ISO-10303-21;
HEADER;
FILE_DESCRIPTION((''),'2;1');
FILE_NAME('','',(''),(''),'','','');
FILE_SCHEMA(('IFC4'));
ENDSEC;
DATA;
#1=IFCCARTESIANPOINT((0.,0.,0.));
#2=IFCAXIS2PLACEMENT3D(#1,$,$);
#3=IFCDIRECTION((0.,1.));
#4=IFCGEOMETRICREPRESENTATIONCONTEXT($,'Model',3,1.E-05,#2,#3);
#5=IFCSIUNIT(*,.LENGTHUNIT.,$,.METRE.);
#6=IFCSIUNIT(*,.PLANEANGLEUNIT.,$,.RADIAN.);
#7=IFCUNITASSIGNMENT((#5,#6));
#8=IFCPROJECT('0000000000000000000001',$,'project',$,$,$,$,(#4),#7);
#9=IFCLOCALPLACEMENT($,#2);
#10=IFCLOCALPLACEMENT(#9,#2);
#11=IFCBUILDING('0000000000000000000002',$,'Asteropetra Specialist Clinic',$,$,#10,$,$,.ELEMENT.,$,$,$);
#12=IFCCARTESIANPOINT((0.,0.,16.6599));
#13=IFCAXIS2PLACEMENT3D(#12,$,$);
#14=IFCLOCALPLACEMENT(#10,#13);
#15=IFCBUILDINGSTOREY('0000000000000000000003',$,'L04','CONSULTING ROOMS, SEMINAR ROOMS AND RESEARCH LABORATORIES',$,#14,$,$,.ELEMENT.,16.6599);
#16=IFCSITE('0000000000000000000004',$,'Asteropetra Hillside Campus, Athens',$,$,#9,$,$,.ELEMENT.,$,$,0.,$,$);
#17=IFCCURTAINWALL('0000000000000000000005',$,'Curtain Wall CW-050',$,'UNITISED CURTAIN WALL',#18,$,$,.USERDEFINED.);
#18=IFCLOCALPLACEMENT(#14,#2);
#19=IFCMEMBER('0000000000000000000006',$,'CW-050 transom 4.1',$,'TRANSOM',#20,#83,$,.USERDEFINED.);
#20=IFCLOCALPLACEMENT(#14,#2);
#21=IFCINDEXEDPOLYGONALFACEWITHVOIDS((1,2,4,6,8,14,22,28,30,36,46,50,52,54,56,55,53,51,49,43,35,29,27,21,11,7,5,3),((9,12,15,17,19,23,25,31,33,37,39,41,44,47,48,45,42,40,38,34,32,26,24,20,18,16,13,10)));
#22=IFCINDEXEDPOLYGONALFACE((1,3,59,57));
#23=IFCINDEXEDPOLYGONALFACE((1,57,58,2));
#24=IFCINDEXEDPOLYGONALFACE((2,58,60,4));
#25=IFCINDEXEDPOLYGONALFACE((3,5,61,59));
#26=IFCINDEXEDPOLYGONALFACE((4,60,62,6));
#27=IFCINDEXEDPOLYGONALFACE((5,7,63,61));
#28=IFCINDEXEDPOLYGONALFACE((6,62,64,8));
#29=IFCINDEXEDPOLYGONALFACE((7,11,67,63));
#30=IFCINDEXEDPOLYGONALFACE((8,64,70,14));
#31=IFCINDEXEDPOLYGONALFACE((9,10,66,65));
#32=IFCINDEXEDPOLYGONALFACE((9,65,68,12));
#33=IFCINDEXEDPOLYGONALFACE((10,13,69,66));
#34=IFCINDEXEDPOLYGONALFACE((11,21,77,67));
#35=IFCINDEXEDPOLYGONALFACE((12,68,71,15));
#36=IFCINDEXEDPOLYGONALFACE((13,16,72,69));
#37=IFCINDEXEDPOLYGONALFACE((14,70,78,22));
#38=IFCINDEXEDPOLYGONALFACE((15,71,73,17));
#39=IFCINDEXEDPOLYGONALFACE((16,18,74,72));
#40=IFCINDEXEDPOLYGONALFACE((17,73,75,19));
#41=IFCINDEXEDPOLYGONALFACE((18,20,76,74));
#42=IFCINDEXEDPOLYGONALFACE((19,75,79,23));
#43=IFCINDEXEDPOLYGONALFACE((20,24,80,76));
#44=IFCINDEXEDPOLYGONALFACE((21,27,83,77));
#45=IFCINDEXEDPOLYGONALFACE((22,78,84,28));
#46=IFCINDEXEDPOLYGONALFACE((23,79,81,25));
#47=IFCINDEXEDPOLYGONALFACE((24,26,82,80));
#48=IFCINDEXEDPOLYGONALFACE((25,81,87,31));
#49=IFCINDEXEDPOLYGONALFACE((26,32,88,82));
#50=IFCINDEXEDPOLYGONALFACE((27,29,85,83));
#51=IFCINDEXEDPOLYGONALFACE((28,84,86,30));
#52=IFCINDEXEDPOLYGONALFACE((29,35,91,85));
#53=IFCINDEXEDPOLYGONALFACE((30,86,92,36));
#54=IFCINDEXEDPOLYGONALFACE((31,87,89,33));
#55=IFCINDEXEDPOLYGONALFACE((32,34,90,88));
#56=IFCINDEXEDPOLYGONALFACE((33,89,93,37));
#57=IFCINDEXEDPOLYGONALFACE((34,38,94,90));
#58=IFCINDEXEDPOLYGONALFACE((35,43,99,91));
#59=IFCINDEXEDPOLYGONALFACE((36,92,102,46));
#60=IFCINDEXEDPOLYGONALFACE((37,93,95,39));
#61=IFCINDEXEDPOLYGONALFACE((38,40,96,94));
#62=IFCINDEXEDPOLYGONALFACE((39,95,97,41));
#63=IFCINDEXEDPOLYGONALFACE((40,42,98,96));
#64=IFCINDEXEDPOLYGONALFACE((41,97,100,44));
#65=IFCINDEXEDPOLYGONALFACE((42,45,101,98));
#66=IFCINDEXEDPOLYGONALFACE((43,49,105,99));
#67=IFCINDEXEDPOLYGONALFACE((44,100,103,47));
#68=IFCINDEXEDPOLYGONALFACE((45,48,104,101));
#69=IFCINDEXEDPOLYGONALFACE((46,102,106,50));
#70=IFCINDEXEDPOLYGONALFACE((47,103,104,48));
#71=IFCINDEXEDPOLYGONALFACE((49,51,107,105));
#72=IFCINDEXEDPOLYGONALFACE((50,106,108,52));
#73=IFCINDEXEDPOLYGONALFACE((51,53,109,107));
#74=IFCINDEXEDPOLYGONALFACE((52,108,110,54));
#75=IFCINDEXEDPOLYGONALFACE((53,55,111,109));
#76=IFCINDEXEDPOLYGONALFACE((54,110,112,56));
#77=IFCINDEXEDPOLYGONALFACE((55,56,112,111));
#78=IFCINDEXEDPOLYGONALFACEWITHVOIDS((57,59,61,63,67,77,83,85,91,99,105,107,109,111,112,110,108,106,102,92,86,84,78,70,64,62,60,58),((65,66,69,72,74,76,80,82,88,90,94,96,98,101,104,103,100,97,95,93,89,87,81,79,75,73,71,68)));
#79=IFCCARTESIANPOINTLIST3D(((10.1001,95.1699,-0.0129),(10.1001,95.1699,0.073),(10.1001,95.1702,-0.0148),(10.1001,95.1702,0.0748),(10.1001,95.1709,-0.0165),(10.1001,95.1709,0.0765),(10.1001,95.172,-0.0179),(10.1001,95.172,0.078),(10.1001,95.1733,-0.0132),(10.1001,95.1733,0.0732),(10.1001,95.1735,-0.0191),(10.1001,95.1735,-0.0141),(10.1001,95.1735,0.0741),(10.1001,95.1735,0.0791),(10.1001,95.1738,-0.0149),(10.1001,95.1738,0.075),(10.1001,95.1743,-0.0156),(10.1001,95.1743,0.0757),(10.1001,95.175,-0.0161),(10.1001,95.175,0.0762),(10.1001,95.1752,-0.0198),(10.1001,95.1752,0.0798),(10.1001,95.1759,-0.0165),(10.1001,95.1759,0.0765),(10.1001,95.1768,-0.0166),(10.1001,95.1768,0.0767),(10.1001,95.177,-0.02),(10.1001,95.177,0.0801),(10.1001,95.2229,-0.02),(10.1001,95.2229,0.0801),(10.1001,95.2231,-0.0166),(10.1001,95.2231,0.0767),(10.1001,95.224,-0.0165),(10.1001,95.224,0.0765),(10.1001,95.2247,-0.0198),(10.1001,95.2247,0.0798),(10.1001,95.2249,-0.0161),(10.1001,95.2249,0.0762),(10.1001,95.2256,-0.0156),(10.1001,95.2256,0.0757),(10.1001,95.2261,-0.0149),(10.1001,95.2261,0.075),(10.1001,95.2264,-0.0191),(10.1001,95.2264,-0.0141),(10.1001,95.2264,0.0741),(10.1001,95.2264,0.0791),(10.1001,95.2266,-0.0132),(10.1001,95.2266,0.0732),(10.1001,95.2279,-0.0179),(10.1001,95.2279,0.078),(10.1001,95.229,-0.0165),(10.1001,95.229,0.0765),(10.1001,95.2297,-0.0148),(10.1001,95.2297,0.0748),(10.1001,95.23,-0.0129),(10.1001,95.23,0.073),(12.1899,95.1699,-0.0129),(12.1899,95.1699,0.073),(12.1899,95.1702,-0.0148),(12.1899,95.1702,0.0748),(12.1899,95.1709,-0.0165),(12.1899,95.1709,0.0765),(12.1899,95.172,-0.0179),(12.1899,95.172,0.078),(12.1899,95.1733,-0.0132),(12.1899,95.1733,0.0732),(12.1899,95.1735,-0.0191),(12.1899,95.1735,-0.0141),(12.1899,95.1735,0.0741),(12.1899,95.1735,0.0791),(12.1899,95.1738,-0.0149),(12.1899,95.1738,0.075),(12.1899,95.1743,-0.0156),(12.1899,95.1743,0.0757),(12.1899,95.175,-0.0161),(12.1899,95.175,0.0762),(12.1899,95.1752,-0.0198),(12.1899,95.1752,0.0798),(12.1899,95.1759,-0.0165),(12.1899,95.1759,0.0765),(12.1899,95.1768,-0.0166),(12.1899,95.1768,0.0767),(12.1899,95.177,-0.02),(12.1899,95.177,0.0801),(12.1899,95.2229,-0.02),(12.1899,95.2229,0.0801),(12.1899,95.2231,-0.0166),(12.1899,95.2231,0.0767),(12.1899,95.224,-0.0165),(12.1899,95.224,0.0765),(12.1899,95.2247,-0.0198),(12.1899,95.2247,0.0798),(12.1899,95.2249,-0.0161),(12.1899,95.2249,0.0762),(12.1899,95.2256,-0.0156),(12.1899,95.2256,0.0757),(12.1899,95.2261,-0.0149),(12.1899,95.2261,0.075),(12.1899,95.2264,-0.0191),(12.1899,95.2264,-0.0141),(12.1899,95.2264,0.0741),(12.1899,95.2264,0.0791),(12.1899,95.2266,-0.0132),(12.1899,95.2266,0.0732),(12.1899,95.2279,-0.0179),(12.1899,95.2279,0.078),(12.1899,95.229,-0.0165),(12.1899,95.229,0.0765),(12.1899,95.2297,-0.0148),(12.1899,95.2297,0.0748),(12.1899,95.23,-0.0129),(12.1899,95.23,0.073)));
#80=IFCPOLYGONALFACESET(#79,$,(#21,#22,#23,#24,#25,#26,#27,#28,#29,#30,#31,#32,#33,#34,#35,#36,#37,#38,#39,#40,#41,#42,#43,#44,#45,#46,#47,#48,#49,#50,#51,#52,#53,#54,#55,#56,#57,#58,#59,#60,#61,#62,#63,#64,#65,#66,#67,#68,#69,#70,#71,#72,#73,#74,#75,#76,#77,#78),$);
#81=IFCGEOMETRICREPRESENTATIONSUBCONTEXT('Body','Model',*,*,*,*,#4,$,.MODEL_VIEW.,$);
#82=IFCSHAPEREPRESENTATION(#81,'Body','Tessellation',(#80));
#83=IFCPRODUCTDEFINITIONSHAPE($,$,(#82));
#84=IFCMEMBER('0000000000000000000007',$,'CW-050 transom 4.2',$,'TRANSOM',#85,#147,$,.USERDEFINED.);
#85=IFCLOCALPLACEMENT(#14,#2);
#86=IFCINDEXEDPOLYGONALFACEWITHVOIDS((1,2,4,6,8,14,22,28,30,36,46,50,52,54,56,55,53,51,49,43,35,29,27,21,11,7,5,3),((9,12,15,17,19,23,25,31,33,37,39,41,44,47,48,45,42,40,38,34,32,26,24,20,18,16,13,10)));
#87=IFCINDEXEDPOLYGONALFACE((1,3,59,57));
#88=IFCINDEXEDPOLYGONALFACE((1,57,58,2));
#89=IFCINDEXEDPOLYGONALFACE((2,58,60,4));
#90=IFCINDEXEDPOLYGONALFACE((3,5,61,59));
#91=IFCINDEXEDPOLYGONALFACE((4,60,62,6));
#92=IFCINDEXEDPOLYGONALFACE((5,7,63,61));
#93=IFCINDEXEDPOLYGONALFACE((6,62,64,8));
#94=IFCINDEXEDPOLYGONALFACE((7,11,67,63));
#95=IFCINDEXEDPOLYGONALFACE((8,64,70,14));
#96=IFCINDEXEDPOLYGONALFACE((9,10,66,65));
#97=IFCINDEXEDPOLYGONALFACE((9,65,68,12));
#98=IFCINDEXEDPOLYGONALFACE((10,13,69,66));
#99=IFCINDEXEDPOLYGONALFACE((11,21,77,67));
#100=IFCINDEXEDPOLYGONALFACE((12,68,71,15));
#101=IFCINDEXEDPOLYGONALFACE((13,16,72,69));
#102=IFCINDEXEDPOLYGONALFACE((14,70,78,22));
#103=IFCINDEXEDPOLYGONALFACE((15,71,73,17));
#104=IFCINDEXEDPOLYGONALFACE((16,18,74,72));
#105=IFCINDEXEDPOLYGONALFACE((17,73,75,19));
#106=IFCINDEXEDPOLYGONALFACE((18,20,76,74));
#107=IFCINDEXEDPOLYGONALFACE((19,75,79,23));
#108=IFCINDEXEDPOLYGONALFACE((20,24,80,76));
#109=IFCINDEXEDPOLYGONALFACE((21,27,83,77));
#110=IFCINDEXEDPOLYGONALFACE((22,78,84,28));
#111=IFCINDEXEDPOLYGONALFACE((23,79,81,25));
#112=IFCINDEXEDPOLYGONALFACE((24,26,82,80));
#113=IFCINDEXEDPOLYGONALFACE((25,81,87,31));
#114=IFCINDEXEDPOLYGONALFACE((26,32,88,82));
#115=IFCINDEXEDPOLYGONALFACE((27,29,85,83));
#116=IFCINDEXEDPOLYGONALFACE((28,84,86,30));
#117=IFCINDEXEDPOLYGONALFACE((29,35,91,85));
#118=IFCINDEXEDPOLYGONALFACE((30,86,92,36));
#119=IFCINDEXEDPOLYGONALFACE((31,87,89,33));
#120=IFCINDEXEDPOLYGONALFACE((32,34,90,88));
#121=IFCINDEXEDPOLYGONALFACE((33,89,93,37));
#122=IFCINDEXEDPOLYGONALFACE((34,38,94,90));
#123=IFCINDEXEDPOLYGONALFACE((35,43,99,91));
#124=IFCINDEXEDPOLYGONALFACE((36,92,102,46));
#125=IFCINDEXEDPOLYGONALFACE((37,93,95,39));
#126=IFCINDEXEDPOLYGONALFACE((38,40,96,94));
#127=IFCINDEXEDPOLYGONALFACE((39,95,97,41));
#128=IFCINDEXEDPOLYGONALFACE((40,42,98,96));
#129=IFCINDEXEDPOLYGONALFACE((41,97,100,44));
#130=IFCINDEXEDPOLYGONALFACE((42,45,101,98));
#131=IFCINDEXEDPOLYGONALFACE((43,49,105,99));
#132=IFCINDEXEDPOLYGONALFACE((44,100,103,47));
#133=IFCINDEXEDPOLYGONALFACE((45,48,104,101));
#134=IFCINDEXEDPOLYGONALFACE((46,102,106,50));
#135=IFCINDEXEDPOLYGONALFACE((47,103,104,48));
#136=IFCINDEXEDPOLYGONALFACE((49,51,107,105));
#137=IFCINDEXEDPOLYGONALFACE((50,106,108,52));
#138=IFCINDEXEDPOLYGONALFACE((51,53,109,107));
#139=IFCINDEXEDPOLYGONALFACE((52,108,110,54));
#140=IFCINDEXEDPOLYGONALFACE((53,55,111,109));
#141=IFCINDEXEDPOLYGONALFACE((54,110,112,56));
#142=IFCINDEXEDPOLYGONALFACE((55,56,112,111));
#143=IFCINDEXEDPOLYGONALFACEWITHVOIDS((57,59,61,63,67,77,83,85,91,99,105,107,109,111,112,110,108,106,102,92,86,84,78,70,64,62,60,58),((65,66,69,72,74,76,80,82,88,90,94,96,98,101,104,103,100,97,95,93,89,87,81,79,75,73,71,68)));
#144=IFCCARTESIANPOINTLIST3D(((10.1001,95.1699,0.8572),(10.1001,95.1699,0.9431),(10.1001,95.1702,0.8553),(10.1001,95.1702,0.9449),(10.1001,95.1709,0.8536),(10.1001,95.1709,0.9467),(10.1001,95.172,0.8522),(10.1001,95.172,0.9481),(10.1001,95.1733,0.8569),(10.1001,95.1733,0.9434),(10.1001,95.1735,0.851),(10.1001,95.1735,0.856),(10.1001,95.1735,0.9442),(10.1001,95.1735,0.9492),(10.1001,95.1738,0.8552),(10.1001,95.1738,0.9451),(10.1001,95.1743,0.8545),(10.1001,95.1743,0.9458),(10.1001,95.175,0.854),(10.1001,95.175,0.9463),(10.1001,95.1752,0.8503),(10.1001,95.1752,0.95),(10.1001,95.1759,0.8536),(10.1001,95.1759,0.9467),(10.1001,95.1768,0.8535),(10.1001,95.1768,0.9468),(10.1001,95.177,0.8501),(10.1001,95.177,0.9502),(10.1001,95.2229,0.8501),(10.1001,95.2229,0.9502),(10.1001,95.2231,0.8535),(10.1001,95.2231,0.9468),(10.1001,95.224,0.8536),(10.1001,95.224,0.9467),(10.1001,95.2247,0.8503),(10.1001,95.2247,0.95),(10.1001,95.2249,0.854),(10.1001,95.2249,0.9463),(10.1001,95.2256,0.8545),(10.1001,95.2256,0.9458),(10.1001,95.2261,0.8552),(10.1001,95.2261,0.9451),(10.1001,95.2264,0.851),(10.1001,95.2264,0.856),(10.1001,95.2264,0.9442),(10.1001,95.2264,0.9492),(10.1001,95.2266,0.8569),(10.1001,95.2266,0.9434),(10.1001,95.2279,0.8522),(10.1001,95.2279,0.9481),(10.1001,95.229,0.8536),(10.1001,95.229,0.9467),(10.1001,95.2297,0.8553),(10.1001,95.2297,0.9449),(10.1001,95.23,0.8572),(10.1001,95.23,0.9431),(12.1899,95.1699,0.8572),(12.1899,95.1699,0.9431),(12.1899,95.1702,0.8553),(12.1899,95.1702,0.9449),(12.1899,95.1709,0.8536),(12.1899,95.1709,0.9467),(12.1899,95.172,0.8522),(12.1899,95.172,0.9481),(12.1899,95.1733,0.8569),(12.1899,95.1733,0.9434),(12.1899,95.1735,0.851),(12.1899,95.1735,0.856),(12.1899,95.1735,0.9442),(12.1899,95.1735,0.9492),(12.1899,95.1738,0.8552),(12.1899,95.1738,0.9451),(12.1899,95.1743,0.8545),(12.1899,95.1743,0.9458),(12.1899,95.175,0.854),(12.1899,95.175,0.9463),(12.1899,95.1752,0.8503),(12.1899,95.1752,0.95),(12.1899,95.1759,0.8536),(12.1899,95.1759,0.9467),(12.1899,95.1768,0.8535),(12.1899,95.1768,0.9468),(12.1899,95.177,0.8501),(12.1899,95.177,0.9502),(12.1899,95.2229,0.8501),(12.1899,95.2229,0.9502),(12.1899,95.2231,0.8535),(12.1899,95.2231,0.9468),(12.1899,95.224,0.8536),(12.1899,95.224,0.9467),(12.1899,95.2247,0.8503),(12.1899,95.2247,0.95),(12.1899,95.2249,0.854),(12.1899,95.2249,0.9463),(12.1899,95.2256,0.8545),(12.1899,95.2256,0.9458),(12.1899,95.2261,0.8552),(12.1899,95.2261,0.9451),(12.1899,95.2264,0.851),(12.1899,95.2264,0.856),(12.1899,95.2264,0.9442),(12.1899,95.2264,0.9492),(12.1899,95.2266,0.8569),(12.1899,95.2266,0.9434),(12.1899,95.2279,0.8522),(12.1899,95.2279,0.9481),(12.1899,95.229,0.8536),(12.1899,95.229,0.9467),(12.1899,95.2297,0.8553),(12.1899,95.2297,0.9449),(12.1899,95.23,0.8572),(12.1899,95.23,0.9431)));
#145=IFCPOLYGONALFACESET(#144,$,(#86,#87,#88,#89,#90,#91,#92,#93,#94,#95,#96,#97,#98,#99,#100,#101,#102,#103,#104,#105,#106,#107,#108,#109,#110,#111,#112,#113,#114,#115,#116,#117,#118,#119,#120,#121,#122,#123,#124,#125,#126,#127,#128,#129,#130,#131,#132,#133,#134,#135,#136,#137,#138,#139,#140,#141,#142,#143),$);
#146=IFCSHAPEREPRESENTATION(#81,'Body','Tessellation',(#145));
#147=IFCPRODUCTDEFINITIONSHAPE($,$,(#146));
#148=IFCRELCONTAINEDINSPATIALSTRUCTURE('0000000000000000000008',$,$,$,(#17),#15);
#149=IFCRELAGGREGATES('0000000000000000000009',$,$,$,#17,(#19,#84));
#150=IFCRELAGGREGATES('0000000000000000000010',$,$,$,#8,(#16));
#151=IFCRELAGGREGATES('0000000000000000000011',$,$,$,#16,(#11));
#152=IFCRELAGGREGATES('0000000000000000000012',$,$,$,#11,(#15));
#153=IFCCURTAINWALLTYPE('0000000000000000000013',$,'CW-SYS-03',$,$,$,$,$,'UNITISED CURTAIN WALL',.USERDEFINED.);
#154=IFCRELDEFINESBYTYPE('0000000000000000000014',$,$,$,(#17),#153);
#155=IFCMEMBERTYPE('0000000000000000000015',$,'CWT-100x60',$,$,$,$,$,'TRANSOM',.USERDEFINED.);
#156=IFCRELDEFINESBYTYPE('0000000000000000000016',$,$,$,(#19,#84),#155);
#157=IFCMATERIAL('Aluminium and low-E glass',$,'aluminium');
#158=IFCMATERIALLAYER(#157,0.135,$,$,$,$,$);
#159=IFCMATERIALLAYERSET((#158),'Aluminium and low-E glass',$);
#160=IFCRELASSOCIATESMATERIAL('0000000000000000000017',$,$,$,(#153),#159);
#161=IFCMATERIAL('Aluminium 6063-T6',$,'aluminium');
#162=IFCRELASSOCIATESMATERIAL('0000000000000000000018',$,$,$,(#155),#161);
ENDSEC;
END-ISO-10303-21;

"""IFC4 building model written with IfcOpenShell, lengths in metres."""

from ifc_helpers import new_model, si_unit, direction, frame, origin, origin_2d, place, context, subcontext, project, spatial, hollow_rectangle, extrude, material, layer, layer_set, material_profile, profile_set, type_object, element, aggregate, save


model = new_model("IFC4")

# Units and contexts
model_context = context("Model", 3, precision=1e-05, world=origin(), true_north=direction((0.0, 1.0)))
body_context = subcontext(model_context, "Body", "Model", "MODEL_VIEW")
ifc_project = project(units=[si_unit("LENGTHUNIT", "METRE"), si_unit("PLANEANGLEUNIT", "RADIAN")], contexts=[model_context])

# Site, building, storey
site_placement = place(None, origin())
site = spatial("IfcSite", under=ifc_project, at=site_placement, Name="Asteropetra Hillside Campus, Athens", CompositionType="ELEMENT", RefElevation=0.0)
building_placement = place(site_placement, origin())
building = spatial("IfcBuilding", under=site, at=building_placement, Name="Asteropetra Specialist Clinic", CompositionType="ELEMENT")
storey_placement = place(building_placement, frame((0.0, 0.0, 16.6599)))
storey = spatial("IfcBuildingStorey", under=building, at=storey_placement, Name="L04", Description="CONSULTING ROOMS, SEMINAR ROOMS AND RESEARCH LABORATORIES", CompositionType="ELEMENT", Elevation=16.6599)

# Curtain wall
ifc_material_1 = material(Name="Aluminium and low-E glass", Category="aluminium")
ifc_layer_1 = layer(ifc_material_1, 0.135)
ifc_layer_set_1 = layer_set([ifc_layer_1], Name="Aluminium and low-E glass")
curtain_wall_type_1 = type_object("IfcCurtainWallType", Name="CW-SYS-03", ElementType="UNITISED CURTAIN WALL", PredefinedType="USERDEFINED", material=ifc_layer_set_1)
curtain_wall_1_placement = place(storey_placement, origin())
curtain_wall_1 = element("IfcCurtainWall", 1, at=curtain_wall_1_placement, inside=storey, type_object=curtain_wall_type_1, Name="Curtain Wall CW-050", ObjectType="UNITISED CURTAIN WALL", PredefinedType="USERDEFINED")

# Members
ifc_material_2 = material(Name="Aluminium 6063-T6", Category="aluminium")
ifc_material_profile_1 = material_profile(ifc_material_2, hollow_rectangle(XDim=0.0601, YDim=0.1001, WallThickness=0.0034, InnerFilletRadius=0.0034, OuterFilletRadius=0.0071, at=origin_2d()), Name="TRN 100x60x3.5")
ifc_profile_set_1 = profile_set([ifc_material_profile_1], Name="Aluminium 6063-T6")
member_type_1 = type_object("IfcMemberType", Name="CWT-100x60", ElementType="TRANSOM", PredefinedType="USERDEFINED", material=ifc_profile_set_1)
member_1_placement = place(storey_placement, frame((12.1899, 95.2, 0.03), z_axis=(-1.0, 0.0, 0.0), x_axis=(0.0, -1.0, 0.0)))
member_1 = element("IfcMember", 2, at=member_1_placement, type_object=member_type_1, Name="CW-050 transom 4.1", ObjectType="TRANSOM", PredefinedType="USERDEFINED", context=body_context, shape_type="SweptSolid", body=[
    extrude(hollow_rectangle(XDim=0.0601, YDim=0.1001, WallThickness=0.0034, InnerFilletRadius=0.0034, OuterFilletRadius=0.0071, at=origin_2d()), origin(), (0.0, 0.0, 1.0), 2.0898),
])
member_2_placement = place(storey_placement, frame((12.1899, 95.2, 0.9001), z_axis=(-1.0, 0.0, 0.0), x_axis=(0.0, -1.0, 0.0)))
member_2 = element("IfcMember", 3, at=member_2_placement, type_object=member_type_1, Name="CW-050 transom 4.2", ObjectType="TRANSOM", PredefinedType="USERDEFINED", context=body_context, shape_type="SweptSolid", body=[
    extrude(hollow_rectangle(XDim=0.0601, YDim=0.1001, WallThickness=0.0034, InnerFilletRadius=0.0034, OuterFilletRadius=0.0071, at=origin_2d()), origin(), (0.0, 0.0, 1.0), 2.0898),
])

aggregate(curtain_wall_1, [member_1, member_2])

save(model, "model.ifc")
